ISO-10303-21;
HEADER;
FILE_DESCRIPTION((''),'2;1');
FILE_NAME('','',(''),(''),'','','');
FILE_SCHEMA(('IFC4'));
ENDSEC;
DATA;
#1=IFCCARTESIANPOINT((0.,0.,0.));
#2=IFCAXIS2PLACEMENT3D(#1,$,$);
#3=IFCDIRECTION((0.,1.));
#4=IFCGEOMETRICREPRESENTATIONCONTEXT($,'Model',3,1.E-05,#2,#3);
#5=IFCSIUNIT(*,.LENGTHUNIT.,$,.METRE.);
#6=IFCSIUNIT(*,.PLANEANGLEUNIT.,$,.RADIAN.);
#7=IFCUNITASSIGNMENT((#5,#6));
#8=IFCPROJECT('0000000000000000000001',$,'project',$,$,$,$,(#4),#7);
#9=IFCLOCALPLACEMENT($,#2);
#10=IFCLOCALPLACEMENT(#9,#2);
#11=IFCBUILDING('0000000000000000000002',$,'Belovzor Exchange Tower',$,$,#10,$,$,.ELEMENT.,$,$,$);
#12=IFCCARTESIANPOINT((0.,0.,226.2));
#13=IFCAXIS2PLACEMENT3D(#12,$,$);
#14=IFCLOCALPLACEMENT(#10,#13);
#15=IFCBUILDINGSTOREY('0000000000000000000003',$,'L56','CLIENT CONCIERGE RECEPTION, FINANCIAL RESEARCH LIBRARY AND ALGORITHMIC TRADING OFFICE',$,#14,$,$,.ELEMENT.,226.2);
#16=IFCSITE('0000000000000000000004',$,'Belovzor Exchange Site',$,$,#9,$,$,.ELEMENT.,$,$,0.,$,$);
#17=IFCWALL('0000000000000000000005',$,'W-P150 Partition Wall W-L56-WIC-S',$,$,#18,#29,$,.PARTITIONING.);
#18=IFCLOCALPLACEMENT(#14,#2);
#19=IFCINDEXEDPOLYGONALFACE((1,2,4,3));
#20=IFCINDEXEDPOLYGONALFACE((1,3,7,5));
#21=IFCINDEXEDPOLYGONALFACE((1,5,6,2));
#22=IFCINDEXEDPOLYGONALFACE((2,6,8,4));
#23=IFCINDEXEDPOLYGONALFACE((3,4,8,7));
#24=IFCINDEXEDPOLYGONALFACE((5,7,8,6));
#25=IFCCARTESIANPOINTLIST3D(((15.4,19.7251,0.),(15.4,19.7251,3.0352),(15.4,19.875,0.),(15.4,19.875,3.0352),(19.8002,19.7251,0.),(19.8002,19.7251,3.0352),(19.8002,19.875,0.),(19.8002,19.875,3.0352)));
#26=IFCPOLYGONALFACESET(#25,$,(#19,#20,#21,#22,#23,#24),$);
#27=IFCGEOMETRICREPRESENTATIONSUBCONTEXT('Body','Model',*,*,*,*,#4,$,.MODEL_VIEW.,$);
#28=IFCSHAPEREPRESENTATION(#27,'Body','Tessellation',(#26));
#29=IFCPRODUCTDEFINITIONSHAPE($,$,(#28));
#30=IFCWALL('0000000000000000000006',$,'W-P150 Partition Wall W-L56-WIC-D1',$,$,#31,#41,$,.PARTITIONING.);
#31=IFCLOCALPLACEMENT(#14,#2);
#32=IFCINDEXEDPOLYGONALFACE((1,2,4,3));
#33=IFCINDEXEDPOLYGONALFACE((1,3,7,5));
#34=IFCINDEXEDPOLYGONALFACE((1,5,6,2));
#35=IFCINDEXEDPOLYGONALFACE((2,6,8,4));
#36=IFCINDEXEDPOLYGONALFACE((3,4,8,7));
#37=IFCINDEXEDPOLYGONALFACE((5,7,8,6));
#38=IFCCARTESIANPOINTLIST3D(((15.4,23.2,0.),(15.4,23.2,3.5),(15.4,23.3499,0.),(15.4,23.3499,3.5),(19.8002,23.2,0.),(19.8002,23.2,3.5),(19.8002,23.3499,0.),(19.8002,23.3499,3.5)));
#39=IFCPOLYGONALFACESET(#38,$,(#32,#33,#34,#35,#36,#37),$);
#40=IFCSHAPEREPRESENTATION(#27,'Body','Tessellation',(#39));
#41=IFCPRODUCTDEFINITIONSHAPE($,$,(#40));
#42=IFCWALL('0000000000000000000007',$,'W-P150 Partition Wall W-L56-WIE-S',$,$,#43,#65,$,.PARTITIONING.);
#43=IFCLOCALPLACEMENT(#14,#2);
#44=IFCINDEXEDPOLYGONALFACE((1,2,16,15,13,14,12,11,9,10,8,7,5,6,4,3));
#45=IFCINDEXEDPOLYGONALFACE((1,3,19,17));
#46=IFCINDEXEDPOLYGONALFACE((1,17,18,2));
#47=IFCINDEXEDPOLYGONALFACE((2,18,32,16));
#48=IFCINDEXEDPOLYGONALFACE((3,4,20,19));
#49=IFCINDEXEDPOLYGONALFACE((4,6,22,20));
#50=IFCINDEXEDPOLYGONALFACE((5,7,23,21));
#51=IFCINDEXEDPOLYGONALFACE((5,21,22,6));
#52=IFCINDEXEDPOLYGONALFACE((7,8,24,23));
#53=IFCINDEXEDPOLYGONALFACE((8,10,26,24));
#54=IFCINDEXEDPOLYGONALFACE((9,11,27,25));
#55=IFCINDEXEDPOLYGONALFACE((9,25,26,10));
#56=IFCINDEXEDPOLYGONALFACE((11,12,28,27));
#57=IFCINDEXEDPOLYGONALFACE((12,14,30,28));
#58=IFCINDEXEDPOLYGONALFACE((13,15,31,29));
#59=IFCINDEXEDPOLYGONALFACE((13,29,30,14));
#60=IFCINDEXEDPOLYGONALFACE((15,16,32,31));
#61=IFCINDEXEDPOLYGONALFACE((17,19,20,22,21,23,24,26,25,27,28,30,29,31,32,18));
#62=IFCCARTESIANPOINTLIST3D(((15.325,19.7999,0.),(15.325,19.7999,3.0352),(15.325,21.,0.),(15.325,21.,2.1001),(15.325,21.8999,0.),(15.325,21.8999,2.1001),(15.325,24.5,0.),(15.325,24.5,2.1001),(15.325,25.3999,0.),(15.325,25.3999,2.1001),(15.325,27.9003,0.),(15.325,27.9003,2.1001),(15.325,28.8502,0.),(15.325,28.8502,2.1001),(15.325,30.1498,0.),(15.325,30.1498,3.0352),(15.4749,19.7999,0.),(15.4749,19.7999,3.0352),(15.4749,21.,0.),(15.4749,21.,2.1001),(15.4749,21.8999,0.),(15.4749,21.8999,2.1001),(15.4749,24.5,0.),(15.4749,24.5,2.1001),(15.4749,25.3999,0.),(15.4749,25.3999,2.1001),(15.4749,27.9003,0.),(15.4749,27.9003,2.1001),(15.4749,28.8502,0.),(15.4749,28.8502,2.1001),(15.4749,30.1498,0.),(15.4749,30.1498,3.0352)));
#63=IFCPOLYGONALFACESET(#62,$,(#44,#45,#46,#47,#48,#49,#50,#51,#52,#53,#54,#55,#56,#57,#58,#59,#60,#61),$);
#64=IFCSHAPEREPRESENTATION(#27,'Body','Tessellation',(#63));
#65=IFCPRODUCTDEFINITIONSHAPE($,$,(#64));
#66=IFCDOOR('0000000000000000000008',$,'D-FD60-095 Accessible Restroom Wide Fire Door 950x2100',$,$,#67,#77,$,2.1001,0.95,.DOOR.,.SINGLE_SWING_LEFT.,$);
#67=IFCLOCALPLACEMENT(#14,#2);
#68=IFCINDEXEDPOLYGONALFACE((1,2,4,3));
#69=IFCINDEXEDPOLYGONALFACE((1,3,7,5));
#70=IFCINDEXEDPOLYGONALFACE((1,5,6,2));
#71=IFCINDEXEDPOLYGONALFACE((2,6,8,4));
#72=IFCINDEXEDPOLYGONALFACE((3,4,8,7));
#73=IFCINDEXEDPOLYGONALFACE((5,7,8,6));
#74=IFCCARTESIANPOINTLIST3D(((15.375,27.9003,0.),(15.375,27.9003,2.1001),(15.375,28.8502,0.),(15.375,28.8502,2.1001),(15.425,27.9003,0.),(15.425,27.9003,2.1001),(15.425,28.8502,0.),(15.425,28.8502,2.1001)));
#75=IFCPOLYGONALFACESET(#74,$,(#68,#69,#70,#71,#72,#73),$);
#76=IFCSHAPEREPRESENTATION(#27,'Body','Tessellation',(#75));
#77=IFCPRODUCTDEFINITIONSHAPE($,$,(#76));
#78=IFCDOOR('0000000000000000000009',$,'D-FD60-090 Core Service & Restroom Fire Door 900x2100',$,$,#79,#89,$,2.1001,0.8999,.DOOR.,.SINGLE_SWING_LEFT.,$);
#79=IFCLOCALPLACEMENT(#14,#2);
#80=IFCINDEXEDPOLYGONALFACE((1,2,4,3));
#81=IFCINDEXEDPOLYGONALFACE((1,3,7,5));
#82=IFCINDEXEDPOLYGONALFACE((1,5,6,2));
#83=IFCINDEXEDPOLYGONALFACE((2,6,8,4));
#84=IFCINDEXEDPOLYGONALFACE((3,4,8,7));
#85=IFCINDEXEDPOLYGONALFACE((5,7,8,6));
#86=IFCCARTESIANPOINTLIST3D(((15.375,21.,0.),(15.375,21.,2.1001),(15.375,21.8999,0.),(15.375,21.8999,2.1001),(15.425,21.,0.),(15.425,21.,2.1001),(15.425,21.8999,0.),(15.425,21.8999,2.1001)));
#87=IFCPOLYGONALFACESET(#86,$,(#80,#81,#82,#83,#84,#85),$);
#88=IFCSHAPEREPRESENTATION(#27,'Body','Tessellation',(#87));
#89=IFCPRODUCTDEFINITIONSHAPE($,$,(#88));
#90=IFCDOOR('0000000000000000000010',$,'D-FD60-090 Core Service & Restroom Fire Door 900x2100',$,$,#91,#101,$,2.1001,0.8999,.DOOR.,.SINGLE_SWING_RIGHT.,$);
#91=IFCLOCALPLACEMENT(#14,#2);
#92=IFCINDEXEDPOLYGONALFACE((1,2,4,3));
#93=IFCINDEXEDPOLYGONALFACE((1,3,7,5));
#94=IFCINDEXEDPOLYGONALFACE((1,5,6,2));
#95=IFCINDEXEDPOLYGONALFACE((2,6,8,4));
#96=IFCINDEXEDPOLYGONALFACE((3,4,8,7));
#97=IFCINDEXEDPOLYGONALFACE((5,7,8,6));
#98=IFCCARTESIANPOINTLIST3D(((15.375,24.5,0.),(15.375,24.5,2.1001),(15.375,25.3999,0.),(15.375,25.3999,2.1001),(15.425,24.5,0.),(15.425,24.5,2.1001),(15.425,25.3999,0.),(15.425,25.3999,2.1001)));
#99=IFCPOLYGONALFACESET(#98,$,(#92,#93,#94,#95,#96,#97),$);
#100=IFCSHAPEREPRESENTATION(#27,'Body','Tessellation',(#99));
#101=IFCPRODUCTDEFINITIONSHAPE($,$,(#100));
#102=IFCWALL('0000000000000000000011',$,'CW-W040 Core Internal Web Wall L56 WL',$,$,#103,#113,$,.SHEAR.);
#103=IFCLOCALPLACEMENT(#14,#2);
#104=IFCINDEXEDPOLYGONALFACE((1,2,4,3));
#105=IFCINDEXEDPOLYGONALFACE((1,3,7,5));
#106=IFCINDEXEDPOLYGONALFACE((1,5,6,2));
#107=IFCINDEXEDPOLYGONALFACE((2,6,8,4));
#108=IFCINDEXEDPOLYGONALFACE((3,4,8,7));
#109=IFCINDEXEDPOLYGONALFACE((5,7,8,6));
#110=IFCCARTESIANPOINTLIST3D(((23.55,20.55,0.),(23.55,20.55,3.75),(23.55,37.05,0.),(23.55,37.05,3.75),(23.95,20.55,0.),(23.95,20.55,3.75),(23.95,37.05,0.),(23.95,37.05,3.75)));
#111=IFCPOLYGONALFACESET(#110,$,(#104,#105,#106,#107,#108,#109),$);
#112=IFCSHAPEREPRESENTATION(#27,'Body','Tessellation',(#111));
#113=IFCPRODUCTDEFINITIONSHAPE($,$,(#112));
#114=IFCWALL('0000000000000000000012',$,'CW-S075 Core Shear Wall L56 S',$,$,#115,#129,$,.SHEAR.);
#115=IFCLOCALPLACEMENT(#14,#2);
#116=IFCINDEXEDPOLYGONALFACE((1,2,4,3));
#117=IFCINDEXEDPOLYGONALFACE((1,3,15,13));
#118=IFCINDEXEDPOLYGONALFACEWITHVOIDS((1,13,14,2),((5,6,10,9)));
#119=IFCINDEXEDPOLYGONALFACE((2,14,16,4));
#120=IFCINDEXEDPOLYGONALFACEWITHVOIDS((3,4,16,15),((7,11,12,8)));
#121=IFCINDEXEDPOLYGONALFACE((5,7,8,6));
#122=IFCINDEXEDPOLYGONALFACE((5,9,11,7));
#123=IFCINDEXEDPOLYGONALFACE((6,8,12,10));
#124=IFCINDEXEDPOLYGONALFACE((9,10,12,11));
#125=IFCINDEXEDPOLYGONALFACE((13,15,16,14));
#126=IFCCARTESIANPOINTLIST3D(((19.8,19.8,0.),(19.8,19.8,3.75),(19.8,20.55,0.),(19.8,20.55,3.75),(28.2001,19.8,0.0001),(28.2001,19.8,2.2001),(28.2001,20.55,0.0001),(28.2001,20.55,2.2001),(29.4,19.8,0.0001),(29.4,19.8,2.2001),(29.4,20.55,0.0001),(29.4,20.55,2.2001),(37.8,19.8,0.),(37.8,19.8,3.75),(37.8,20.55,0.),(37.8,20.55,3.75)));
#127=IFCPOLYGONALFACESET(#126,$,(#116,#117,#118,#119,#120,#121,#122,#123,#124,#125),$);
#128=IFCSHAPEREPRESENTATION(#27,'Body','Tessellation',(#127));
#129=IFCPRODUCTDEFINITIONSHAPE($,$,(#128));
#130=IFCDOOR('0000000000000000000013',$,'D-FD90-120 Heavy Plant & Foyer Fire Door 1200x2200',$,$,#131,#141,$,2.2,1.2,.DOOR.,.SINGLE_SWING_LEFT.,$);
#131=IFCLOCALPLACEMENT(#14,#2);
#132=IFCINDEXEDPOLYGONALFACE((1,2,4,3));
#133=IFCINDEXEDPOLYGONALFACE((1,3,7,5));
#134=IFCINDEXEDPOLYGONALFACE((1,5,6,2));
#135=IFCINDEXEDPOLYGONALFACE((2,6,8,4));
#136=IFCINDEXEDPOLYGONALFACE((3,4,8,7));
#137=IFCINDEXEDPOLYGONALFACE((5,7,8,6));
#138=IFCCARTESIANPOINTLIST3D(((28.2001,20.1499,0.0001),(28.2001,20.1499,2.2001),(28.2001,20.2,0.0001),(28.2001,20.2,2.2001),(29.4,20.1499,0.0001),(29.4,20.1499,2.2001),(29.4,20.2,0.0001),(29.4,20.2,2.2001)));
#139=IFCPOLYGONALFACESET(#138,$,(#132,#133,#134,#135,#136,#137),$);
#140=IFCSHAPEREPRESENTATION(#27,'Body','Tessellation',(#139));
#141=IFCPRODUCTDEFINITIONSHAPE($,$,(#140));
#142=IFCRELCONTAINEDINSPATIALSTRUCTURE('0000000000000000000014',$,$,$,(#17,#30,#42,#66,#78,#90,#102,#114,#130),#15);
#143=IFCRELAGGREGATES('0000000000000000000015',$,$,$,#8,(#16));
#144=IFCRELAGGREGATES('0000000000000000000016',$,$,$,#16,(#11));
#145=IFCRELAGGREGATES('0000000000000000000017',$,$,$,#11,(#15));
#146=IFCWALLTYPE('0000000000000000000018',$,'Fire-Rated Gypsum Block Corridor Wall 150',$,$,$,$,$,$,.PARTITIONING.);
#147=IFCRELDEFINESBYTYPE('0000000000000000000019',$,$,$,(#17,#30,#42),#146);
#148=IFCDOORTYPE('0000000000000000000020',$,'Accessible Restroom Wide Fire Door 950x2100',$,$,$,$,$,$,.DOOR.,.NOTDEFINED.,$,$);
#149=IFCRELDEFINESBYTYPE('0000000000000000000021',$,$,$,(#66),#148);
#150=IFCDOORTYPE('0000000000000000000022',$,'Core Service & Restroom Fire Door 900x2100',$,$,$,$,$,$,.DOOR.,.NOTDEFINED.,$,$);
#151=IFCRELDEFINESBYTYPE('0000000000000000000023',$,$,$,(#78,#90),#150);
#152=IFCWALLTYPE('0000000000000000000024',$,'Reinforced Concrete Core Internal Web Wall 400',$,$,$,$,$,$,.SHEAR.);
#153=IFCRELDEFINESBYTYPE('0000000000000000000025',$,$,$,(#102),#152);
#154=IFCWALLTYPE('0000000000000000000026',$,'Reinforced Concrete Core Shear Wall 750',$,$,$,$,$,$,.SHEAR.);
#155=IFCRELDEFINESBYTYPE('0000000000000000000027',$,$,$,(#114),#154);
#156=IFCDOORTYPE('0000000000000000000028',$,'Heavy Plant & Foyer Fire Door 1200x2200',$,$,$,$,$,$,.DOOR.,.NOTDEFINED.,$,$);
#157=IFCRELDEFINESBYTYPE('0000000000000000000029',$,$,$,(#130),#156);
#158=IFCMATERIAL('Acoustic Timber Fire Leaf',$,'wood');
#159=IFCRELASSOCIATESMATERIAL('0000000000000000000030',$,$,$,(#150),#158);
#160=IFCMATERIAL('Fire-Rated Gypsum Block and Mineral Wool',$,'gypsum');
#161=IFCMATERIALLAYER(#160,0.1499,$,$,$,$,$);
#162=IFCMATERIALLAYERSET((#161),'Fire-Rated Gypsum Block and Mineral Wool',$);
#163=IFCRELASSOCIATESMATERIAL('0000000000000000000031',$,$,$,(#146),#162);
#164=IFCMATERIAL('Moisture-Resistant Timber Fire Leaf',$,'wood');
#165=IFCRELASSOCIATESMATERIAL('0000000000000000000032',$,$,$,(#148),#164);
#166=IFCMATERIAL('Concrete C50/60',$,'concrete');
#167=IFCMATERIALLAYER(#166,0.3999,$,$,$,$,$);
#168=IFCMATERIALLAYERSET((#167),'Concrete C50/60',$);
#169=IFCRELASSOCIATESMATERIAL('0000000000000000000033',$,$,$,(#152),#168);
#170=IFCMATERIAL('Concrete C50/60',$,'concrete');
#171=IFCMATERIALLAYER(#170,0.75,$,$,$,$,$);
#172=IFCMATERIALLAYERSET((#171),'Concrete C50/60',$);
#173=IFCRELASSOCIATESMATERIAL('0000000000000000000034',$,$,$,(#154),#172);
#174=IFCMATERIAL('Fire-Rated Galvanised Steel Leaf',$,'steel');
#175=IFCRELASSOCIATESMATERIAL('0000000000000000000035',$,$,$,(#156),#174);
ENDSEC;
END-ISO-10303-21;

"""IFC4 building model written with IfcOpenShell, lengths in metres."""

from ifc_helpers import new_model, si_unit, direction, frame, frame_2d, origin, place, context, subcontext, project, spatial, rectangle, extrude, material, layer, layer_set, type_object, element, fill, save


model = new_model("IFC4")

# Units and contexts
model_context = context("Model", 3, precision=1e-05, world=origin(), true_north=direction((0.0, 1.0)))
body_context = subcontext(model_context, "Body", "Model", "MODEL_VIEW")
ifc_project = project(units=[si_unit("LENGTHUNIT", "METRE"), si_unit("PLANEANGLEUNIT", "RADIAN")], contexts=[model_context])

# Site, building, storey
site_placement = place(None, origin())
site = spatial("IfcSite", under=ifc_project, at=site_placement, Name="Belovzor Exchange Site", CompositionType="ELEMENT", RefElevation=0.0)
building_placement = place(site_placement, origin())
building = spatial("IfcBuilding", under=site, at=building_placement, Name="Belovzor Exchange Tower", CompositionType="ELEMENT")
storey_placement = place(building_placement, frame((0.0, 0.0, 226.2)))
storey = spatial("IfcBuildingStorey", under=building, at=storey_placement, Name="L56", Description="CLIENT CONCIERGE RECEPTION, FINANCIAL RESEARCH LIBRARY AND ALGORITHMIC TRADING OFFICE", CompositionType="ELEMENT", Elevation=226.2)

# Shared definitions
ifc_material_1 = material(Name="Acoustic Timber Fire Leaf", Category="wood")
door_type_1 = type_object("IfcDoorType", Name="Core Service & Restroom Fire Door 900x2100", OperationType="NOTDEFINED", PredefinedType="DOOR", material=ifc_material_1)

# Walls
ifc_material_2 = material(Name="Fire-Rated Gypsum Block and Mineral Wool", Category="gypsum")
ifc_layer_1 = layer(ifc_material_2, 0.1499)
ifc_layer_set_1 = layer_set([ifc_layer_1], Name="Fire-Rated Gypsum Block and Mineral Wool")
wall_type_1 = type_object("IfcWallType", Name="Fire-Rated Gypsum Block Corridor Wall 150", PredefinedType="PARTITIONING", material=ifc_layer_set_1)
wall_1_placement = place(storey_placement, frame((15.3999, 19.8, 0.0), z_axis=(0.0, 0.0, 1.0), x_axis=(1.0, 0.0, 0.0)))
element("IfcWall", 1, at=wall_1_placement, inside=storey, type_object=wall_type_1, Name="W-P150 Partition Wall W-L56-WIC-S", PredefinedType="PARTITIONING", context=body_context, shape_type="SweptSolid", body=[
    extrude(rectangle(XDim=4.4001, YDim=0.1499, at=frame_2d((2.2002, 0.0))), origin(), (0.0, 0.0, 1.0), 3.0352),
])
wall_2_placement = place(storey_placement, frame((15.3999, 23.2749, 0.0), z_axis=(0.0, 0.0, 1.0), x_axis=(1.0, 0.0, 0.0)))
element("IfcWall", 2, at=wall_2_placement, inside=storey, type_object=wall_type_1, Name="W-P150 Partition Wall W-L56-WIC-D1", PredefinedType="PARTITIONING", context=body_context, shape_type="SweptSolid", body=[
    extrude(rectangle(XDim=4.4001, YDim=0.1499, at=frame_2d((2.2002, 0.0))), origin(), (0.0, 0.0, 1.0), 3.5),
])

# Wall, openings, doors
wall_3_placement = place(storey_placement, frame((15.3999, 19.8, 0.0), z_axis=(0.0, 0.0, 1.0), x_axis=(0.0, 1.0, 0.0)))
wall_3 = element("IfcWall", 3, at=wall_3_placement, inside=storey, type_object=wall_type_1, Name="W-P150 Partition Wall W-L56-WIE-S", PredefinedType="PARTITIONING", context=body_context, shape_type="SweptSolid", body=[
    extrude(rectangle(XDim=10.3499, YDim=0.1499, at=frame_2d((5.1748, 0.0))), origin(), (0.0, 0.0, 1.0), 3.0352),
])
opening_1_placement = place(wall_3_placement, frame((1.2, 0.0, 0.0)))
opening_1 = element("IfcOpeningElement", 4, at=opening_1_placement, cuts=wall_3, PredefinedType="OPENING", context=body_context, shape_type="SweptSolid", body=[
    extrude(rectangle(XDim=0.8999, YDim=2.1001, at=frame_2d((0.45, 1.05))), frame((0.0, 0.085, 0.0), z_axis=(0.0, -1.0, 0.0), x_axis=(1.0, 0.0, 0.0)), (0.0, 0.0, 1.0), 0.1699),
])
opening_2_placement = place(wall_3_placement, frame((4.7, 0.0, 0.0)))
opening_2 = element("IfcOpeningElement", 5, at=opening_2_placement, cuts=wall_3, PredefinedType="OPENING", context=body_context, shape_type="SweptSolid", body=[
    extrude(rectangle(XDim=0.8999, YDim=2.1001, at=frame_2d((0.45, 1.05))), frame((0.0, 0.085, 0.0), z_axis=(0.0, -1.0, 0.0), x_axis=(1.0, 0.0, 0.0)), (0.0, 0.0, 1.0), 0.1699),
])
opening_3_placement = place(wall_3_placement, frame((8.1001, 0.0, 0.0)))
opening_3 = element("IfcOpeningElement", 6, at=opening_3_placement, cuts=wall_3, PredefinedType="OPENING", context=body_context, shape_type="SweptSolid", body=[
    extrude(rectangle(XDim=0.95, YDim=2.1001, at=frame_2d((0.4751, 1.05))), frame((0.0, 0.085, 0.0), z_axis=(0.0, -1.0, 0.0), x_axis=(1.0, 0.0, 0.0)), (0.0, 0.0, 1.0), 0.1699),
])
ifc_material_3 = material(Name="Moisture-Resistant Timber Fire Leaf", Category="wood")
door_type_2 = type_object("IfcDoorType", Name="Accessible Restroom Wide Fire Door 950x2100", OperationType="NOTDEFINED", PredefinedType="DOOR", material=ifc_material_3)
door_1_placement = place(opening_3_placement, origin())
door_1 = element("IfcDoor", 7, at=door_1_placement, inside=storey, type_object=door_type_2, Name="D-FD60-095 Accessible Restroom Wide Fire Door 950x2100", OperationType="SINGLE_SWING_LEFT", OverallHeight=2.1001, OverallWidth=0.95, PredefinedType="DOOR", context=body_context, shape_type="SweptSolid", body=[
    extrude(rectangle(XDim=0.95, YDim=2.1001, at=frame_2d((0.4751, 1.05))), frame((0.0, 0.0249, 0.0), z_axis=(0.0, -1.0, 0.0), x_axis=(1.0, 0.0, 0.0)), (0.0, 0.0, 1.0), 0.05),
])
fill(opening_3, door_1)
door_2_placement = place(opening_1_placement, origin())
door_2 = element("IfcDoor", 8, at=door_2_placement, inside=storey, type_object=door_type_1, Name="D-FD60-090 Core Service & Restroom Fire Door 900x2100", OperationType="SINGLE_SWING_LEFT", OverallHeight=2.1001, OverallWidth=0.8999, PredefinedType="DOOR", context=body_context, shape_type="SweptSolid", body=[
    extrude(rectangle(XDim=0.8999, YDim=2.1001, at=frame_2d((0.45, 1.05))), frame((0.0, 0.0249, 0.0), z_axis=(0.0, -1.0, 0.0), x_axis=(1.0, 0.0, 0.0)), (0.0, 0.0, 1.0), 0.05),
])
fill(opening_1, door_2)
door_3_placement = place(opening_2_placement, origin())
door_3 = element("IfcDoor", 9, at=door_3_placement, inside=storey, type_object=door_type_1, Name="D-FD60-090 Core Service & Restroom Fire Door 900x2100", OperationType="SINGLE_SWING_RIGHT", OverallHeight=2.1001, OverallWidth=0.8999, PredefinedType="DOOR", context=body_context, shape_type="SweptSolid", body=[
    extrude(rectangle(XDim=0.8999, YDim=2.1001, at=frame_2d((0.45, 1.05))), frame((0.0, 0.0249, 0.0), z_axis=(0.0, -1.0, 0.0), x_axis=(1.0, 0.0, 0.0)), (0.0, 0.0, 1.0), 0.05),
])
fill(opening_2, door_3)

# Wall
ifc_material_4 = material(Name="Concrete C50/60", Category="concrete")
ifc_layer_2 = layer(ifc_material_4, 0.3999)
ifc_layer_set_2 = layer_set([ifc_layer_2], Name="Concrete C50/60")
wall_type_2 = type_object("IfcWallType", Name="Reinforced Concrete Core Internal Web Wall 400", PredefinedType="SHEAR", material=ifc_layer_set_2)
wall_4_placement = place(storey_placement, frame((23.75, 20.55, 0.0), z_axis=(0.0, 0.0, 1.0), x_axis=(0.0, 1.0, 0.0)))
element("IfcWall", 10, at=wall_4_placement, inside=storey, type_object=wall_type_2, Name="CW-W040 Core Internal Web Wall L56 WL", PredefinedType="SHEAR", context=body_context, shape_type="SweptSolid", body=[
    extrude(rectangle(XDim=16.5, YDim=0.3999, at=frame_2d((8.25, 0.0))), origin(), (0.0, 0.0, 1.0), 3.75),
])

# Wall, opening, door
ifc_material_5 = material(Name="Concrete C50/60", Category="concrete")
ifc_layer_3 = layer(ifc_material_5, 0.75)
ifc_layer_set_3 = layer_set([ifc_layer_3], Name="Concrete C50/60")
wall_type_3 = type_object("IfcWallType", Name="Reinforced Concrete Core Shear Wall 750", PredefinedType="SHEAR", material=ifc_layer_set_3)
wall_5_placement = place(storey_placement, frame((19.8, 20.175, 0.0), z_axis=(0.0, 0.0, 1.0), x_axis=(1.0, 0.0, 0.0)))
wall_5 = element("IfcWall", 11, at=wall_5_placement, inside=storey, type_object=wall_type_3, Name="CW-S075 Core Shear Wall L56 S", PredefinedType="SHEAR", context=body_context, shape_type="SweptSolid", body=[
    extrude(rectangle(XDim=18.0, YDim=0.75, at=frame_2d((9.0, 0.0))), origin(), (0.0, 0.0, 1.0), 3.75),
])
opening_4_placement = place(wall_5_placement, frame((8.3999, 0.0, 0.0)))
opening_4 = element("IfcOpeningElement", 12, at=opening_4_placement, cuts=wall_5, PredefinedType="OPENING", context=body_context, shape_type="SweptSolid", body=[
    extrude(rectangle(XDim=1.2, YDim=2.2, at=frame_2d((0.6001, 1.1001))), frame((0.0, 0.385, 0.0), z_axis=(0.0, -1.0, 0.0), x_axis=(1.0, 0.0, 0.0)), (0.0, 0.0, 1.0), 0.77),
])
ifc_material_6 = material(Name="Fire-Rated Galvanised Steel Leaf", Category="steel")
door_type_3 = type_object("IfcDoorType", Name="Heavy Plant & Foyer Fire Door 1200x2200", OperationType="NOTDEFINED", PredefinedType="DOOR", material=ifc_material_6)
door_4_placement = place(opening_4_placement, origin())
door_4 = element("IfcDoor", 13, at=door_4_placement, inside=storey, type_object=door_type_3, Name="D-FD90-120 Heavy Plant & Foyer Fire Door 1200x2200", OperationType="SINGLE_SWING_LEFT", OverallHeight=2.2, OverallWidth=1.2, PredefinedType="DOOR", context=body_context, shape_type="SweptSolid", body=[
    extrude(rectangle(XDim=1.2, YDim=2.2, at=frame_2d((0.6001, 1.1001))), frame((0.0, 0.0249, 0.0), z_axis=(0.0, -1.0, 0.0), x_axis=(1.0, 0.0, 0.0)), (0.0, 0.0, 1.0), 0.05),
])
fill(opening_4, door_4)

save(model, "model.ifc")
